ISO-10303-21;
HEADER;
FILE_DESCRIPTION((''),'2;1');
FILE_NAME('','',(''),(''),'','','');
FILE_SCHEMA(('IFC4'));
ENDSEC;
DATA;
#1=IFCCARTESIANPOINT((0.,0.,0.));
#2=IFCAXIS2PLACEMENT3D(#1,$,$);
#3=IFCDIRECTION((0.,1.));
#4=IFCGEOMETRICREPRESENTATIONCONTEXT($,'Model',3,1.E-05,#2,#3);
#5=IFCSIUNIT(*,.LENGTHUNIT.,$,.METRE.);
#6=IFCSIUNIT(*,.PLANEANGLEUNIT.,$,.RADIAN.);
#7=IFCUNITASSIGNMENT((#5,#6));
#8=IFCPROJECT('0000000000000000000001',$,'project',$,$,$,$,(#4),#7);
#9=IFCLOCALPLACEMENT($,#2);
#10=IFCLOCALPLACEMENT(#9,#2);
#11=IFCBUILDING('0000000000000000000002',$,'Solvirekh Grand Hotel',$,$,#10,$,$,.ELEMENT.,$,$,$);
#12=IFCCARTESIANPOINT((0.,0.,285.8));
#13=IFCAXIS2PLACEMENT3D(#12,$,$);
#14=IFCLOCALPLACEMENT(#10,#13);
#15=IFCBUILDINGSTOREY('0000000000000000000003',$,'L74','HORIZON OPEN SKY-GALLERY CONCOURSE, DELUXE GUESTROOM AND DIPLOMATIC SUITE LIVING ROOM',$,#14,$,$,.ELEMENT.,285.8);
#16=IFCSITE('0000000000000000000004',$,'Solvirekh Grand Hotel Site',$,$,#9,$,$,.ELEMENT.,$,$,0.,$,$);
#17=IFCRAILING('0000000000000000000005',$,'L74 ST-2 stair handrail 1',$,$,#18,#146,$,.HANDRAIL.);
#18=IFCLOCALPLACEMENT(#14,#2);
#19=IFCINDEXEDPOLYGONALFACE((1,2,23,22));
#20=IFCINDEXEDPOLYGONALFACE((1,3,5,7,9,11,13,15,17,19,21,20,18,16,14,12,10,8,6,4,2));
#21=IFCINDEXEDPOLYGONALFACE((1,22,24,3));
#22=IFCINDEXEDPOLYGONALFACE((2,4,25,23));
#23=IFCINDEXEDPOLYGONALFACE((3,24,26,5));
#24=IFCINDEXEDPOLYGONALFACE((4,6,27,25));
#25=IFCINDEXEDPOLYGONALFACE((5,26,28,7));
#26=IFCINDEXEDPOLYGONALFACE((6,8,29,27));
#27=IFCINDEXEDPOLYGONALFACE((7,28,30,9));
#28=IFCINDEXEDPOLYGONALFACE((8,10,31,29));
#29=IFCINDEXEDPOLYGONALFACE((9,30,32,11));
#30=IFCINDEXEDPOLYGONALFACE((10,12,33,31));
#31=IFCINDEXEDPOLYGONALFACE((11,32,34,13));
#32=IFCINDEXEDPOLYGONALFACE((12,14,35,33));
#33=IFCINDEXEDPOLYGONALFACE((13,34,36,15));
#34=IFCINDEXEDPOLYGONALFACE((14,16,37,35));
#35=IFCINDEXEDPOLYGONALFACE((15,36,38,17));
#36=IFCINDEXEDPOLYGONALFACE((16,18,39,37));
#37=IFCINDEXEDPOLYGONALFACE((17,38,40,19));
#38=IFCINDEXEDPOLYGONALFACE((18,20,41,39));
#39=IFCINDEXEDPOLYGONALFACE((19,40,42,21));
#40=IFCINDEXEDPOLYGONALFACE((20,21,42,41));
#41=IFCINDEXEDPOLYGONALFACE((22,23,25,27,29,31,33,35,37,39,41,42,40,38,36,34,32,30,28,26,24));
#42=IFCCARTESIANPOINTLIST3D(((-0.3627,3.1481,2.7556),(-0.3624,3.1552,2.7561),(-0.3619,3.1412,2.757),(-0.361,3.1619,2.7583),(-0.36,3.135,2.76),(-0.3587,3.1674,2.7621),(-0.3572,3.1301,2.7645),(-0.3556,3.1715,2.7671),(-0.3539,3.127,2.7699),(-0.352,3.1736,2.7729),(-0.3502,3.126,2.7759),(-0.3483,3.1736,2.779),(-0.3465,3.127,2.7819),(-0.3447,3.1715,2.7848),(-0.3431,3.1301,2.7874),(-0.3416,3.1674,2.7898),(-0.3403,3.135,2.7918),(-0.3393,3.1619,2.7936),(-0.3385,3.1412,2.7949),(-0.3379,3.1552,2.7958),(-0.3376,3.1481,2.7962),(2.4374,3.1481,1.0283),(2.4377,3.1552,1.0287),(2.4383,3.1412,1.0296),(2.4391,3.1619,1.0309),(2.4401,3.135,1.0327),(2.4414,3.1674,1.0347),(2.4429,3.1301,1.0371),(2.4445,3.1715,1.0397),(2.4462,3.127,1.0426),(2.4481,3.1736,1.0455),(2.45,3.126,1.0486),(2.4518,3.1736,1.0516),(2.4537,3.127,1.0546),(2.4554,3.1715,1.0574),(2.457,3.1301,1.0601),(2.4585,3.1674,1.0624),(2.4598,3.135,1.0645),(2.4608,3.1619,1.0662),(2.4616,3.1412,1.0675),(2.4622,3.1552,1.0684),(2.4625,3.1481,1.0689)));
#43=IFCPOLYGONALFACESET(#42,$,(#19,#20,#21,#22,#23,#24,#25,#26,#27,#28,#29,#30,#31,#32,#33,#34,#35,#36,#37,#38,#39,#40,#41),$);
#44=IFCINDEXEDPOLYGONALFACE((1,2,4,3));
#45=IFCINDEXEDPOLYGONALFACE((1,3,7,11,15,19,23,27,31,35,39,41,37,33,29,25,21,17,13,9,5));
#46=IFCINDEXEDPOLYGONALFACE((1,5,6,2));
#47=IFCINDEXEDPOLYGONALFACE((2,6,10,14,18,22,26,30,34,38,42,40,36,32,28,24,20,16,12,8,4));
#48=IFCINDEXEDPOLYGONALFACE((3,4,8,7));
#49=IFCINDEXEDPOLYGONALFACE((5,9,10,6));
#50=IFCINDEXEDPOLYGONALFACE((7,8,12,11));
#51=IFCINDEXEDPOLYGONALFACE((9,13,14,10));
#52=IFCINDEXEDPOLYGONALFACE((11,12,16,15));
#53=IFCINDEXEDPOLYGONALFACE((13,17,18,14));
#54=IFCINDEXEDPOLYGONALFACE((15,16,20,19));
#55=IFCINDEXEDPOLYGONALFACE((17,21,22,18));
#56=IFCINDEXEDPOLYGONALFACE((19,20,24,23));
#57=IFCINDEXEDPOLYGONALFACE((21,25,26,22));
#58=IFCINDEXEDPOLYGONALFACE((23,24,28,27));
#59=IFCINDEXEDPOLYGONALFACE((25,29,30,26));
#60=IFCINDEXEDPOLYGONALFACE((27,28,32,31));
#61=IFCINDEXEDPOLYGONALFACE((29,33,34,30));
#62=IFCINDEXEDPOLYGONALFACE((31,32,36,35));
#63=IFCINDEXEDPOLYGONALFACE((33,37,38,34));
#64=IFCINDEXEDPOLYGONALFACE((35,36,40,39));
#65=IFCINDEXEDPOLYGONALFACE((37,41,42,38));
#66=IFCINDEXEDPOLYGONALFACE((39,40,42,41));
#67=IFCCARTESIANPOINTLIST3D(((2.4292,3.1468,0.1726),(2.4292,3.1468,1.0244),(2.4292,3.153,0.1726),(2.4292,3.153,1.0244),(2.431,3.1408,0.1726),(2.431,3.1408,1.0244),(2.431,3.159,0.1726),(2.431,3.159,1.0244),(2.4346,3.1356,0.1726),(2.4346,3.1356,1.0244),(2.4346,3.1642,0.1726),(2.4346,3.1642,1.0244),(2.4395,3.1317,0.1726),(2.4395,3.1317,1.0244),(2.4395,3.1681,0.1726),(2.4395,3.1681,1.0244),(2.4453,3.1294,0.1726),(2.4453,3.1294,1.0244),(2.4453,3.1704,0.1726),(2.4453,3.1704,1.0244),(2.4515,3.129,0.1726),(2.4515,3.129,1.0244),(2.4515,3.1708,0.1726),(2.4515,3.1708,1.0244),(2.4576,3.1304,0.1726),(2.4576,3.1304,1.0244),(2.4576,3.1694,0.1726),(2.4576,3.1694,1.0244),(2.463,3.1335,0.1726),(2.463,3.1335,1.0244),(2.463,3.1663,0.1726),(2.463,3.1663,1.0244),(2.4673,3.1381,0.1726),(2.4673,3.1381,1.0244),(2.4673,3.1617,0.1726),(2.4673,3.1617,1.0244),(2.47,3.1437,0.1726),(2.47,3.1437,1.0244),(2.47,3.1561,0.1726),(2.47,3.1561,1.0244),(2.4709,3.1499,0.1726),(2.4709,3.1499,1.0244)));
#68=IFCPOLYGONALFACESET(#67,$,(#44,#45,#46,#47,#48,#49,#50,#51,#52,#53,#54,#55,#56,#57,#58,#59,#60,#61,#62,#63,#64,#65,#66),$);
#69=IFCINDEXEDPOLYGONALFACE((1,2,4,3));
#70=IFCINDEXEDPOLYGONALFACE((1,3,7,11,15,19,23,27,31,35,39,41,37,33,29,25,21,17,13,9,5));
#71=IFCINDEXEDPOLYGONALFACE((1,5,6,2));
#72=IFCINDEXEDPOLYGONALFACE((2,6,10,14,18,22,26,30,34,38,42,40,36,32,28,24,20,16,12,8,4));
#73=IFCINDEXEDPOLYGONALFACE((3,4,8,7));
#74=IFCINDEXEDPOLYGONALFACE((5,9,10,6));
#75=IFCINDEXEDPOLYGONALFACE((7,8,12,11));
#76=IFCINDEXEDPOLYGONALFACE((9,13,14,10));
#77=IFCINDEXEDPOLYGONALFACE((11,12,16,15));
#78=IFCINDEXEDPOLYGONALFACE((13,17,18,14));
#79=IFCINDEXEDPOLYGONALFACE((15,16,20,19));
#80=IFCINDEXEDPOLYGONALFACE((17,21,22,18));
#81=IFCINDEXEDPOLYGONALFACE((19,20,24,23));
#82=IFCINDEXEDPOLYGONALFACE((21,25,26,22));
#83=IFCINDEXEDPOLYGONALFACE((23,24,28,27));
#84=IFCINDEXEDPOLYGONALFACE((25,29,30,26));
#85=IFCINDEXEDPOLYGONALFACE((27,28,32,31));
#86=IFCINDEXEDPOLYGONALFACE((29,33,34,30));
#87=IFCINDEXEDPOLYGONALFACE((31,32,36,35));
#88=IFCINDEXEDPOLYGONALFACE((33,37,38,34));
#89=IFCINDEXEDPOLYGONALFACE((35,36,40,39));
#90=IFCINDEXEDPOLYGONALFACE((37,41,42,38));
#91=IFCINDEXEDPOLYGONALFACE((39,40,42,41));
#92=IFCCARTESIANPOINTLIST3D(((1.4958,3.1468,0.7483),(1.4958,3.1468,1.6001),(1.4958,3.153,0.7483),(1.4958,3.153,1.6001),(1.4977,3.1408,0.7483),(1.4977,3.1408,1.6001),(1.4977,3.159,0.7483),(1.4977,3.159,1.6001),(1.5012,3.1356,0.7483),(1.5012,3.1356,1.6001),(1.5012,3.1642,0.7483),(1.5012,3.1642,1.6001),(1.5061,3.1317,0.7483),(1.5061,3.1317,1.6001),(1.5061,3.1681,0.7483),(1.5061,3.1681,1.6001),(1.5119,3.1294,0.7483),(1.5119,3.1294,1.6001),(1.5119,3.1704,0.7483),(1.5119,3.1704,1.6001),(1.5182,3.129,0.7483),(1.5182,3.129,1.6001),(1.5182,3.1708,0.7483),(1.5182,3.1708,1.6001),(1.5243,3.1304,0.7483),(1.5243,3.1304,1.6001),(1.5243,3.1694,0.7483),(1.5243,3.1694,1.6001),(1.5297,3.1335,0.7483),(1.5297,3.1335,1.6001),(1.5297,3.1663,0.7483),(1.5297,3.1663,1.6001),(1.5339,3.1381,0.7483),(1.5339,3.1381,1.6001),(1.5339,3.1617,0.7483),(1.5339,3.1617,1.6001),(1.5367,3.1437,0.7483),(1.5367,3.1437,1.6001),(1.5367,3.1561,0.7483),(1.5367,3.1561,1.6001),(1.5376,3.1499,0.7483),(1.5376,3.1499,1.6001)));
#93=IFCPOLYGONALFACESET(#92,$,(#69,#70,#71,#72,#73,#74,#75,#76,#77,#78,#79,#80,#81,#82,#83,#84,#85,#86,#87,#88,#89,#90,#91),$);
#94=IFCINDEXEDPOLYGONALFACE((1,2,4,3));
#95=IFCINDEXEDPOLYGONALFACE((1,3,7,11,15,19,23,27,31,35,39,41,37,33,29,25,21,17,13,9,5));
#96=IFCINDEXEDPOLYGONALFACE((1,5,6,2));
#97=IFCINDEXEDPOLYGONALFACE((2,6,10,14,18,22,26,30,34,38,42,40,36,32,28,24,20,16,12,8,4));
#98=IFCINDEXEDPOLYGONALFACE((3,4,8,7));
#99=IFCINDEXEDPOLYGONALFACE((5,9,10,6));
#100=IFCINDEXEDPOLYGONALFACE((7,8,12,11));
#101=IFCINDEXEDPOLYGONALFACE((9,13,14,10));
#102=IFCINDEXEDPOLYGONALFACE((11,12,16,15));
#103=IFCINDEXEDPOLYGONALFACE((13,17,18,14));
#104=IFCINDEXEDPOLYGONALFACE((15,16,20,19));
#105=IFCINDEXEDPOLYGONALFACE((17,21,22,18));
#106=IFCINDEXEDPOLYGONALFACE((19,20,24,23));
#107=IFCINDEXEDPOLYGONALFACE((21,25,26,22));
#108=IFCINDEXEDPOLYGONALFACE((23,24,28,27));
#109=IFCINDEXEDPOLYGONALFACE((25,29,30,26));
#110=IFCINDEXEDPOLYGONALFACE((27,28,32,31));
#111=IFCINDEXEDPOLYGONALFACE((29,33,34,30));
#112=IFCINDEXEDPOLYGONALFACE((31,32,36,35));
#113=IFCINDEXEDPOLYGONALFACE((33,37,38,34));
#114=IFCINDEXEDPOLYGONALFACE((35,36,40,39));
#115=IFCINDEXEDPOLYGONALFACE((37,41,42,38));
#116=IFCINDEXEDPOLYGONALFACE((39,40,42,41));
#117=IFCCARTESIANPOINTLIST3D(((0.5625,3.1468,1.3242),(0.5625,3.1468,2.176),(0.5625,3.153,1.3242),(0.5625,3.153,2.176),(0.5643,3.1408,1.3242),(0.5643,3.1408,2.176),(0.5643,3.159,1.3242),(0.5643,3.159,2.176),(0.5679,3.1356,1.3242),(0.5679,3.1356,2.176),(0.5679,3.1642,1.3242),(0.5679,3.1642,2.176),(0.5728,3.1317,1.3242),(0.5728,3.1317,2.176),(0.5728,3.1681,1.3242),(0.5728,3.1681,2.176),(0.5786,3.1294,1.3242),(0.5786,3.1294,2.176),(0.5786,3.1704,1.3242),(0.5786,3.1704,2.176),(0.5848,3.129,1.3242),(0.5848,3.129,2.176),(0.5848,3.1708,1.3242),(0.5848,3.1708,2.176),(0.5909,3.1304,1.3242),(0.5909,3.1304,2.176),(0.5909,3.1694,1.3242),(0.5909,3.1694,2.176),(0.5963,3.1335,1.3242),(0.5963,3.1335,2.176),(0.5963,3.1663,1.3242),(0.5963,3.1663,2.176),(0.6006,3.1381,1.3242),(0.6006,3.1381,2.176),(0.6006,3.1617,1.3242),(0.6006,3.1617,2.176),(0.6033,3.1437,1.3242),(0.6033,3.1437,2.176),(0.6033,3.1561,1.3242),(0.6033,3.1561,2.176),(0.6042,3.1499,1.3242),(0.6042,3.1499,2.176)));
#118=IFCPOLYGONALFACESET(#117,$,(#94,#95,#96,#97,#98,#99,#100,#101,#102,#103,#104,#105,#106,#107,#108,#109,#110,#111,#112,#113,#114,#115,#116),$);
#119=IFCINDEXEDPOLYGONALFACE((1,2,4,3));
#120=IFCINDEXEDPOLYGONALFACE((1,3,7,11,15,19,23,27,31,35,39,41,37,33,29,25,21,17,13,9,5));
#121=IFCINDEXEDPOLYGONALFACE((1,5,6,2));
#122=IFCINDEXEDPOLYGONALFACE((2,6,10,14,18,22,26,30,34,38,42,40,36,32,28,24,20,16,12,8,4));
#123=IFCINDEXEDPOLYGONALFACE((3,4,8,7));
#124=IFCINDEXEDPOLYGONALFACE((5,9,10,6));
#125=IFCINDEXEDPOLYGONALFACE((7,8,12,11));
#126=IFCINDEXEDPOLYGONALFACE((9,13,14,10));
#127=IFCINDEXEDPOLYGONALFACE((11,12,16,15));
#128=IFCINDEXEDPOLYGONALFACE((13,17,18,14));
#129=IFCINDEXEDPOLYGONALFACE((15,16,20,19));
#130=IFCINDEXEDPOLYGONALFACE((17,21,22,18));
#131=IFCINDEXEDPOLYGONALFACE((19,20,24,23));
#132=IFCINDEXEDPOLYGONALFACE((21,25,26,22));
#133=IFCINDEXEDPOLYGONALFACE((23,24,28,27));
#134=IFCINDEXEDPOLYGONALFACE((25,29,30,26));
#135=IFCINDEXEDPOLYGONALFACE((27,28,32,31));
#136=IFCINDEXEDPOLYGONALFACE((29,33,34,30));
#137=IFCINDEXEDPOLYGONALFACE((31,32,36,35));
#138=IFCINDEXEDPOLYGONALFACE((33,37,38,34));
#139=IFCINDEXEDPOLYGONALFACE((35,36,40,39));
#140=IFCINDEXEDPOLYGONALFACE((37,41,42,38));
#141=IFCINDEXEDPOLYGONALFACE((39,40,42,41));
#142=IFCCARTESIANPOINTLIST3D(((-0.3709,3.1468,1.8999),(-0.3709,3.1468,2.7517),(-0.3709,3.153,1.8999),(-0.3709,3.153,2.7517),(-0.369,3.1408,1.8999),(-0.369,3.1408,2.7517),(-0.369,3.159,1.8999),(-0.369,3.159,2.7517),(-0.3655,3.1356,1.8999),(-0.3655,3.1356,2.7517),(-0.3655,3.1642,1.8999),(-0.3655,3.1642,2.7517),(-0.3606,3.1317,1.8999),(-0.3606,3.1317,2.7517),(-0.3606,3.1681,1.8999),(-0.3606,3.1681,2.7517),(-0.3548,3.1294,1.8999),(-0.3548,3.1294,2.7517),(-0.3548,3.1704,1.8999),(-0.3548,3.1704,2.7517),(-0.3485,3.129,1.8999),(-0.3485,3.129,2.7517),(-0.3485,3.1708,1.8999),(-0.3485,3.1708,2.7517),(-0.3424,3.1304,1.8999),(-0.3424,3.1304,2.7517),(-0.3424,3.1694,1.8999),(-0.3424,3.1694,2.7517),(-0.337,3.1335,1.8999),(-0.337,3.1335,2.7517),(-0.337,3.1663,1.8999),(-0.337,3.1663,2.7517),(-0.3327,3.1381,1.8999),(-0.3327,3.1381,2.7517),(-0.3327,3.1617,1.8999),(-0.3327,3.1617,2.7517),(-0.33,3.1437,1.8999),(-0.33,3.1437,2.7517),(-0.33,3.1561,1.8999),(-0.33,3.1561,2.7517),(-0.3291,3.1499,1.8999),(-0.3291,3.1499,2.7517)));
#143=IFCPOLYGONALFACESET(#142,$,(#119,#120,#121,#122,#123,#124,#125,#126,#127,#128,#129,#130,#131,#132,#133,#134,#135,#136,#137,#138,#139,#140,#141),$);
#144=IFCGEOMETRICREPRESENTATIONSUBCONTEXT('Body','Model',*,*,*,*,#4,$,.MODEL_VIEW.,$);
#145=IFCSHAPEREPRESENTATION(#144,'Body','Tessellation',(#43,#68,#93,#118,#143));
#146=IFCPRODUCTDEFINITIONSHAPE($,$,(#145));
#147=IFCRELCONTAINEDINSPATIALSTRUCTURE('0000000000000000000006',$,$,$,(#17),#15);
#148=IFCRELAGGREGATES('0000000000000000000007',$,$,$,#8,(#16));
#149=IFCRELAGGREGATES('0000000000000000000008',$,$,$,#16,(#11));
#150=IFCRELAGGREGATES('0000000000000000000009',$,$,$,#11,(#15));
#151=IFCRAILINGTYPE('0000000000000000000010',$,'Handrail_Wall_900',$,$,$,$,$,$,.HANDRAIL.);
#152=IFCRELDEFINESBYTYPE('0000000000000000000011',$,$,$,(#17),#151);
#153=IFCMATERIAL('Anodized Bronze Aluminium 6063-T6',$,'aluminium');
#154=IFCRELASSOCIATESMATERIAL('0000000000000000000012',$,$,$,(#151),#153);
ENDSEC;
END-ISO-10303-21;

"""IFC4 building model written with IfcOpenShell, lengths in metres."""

from ifc_helpers import new_model, si_unit, direction, frame, origin, origin_2d, place, context, subcontext, project, spatial, circle, extrude, material, type_object, element, save


model = new_model("IFC4")

# Units and contexts
model_context = context("Model", 3, precision=1e-05, world=origin(), true_north=direction((0.0, 1.0)))
body_context = subcontext(model_context, "Body", "Model", "MODEL_VIEW")
ifc_project = project(units=[si_unit("LENGTHUNIT", "METRE"), si_unit("PLANEANGLEUNIT", "RADIAN")], contexts=[model_context])

# Site, building, storey
site_placement = place(None, origin())
site = spatial("IfcSite", under=ifc_project, at=site_placement, Name="Solvirekh Grand Hotel Site", CompositionType="ELEMENT", RefElevation=0.0)
building_placement = place(site_placement, origin())
building = spatial("IfcBuilding", under=site, at=building_placement, Name="Solvirekh Grand Hotel", CompositionType="ELEMENT")
storey_placement = place(building_placement, frame((0.0, 0.0, 285.8)))
storey = spatial("IfcBuildingStorey", under=building, at=storey_placement, Name="L74", Description="HORIZON OPEN SKY-GALLERY CONCOURSE, DELUXE GUESTROOM AND DIPLOMATIC SUITE LIVING ROOM", CompositionType="ELEMENT", Elevation=285.8)

# Railing
ifc_material_1 = material(Name="Anodized Bronze Aluminium 6063-T6", Category="aluminium")
railing_type_1 = type_object("IfcRailingType", Name="Handrail_Wall_900", PredefinedType="HANDRAIL", material=ifc_material_1)
railing_1_placement = place(storey_placement, frame((2.45, 3.1499, 0.1726)))
element("IfcRailing", 1, at=railing_1_placement, inside=storey, type_object=railing_type_1, Name="L74 ST-2 stair handrail 1", PredefinedType="HANDRAIL", context=body_context, shape_type="SweptSolid", body=[
    extrude(circle(Radius=0.0239, at=origin_2d()), frame((0.0, 0.0, 0.876), z_axis=(-0.85109, 0.0, 0.52502), x_axis=(0.0, -1.0, 0.0)), (0.0, 0.0, 1.0), 3.29),
    extrude(circle(Radius=0.021, at=origin_2d()), origin(), (0.0, 0.0, 1.0), 0.8518),
    extrude(circle(Radius=0.021, at=origin_2d()), frame((-0.9333, 0.0, 0.5757)), (0.0, 0.0, 1.0), 0.8518),
    extrude(circle(Radius=0.021, at=origin_2d()), frame((-1.8667, 0.0, 1.1516)), (0.0, 0.0, 1.0), 0.8518),
    extrude(circle(Radius=0.021, at=origin_2d()), frame((-2.8, 0.0, 1.7273)), (0.0, 0.0, 1.0), 0.8518),
])

save(model, "model.ifc")
